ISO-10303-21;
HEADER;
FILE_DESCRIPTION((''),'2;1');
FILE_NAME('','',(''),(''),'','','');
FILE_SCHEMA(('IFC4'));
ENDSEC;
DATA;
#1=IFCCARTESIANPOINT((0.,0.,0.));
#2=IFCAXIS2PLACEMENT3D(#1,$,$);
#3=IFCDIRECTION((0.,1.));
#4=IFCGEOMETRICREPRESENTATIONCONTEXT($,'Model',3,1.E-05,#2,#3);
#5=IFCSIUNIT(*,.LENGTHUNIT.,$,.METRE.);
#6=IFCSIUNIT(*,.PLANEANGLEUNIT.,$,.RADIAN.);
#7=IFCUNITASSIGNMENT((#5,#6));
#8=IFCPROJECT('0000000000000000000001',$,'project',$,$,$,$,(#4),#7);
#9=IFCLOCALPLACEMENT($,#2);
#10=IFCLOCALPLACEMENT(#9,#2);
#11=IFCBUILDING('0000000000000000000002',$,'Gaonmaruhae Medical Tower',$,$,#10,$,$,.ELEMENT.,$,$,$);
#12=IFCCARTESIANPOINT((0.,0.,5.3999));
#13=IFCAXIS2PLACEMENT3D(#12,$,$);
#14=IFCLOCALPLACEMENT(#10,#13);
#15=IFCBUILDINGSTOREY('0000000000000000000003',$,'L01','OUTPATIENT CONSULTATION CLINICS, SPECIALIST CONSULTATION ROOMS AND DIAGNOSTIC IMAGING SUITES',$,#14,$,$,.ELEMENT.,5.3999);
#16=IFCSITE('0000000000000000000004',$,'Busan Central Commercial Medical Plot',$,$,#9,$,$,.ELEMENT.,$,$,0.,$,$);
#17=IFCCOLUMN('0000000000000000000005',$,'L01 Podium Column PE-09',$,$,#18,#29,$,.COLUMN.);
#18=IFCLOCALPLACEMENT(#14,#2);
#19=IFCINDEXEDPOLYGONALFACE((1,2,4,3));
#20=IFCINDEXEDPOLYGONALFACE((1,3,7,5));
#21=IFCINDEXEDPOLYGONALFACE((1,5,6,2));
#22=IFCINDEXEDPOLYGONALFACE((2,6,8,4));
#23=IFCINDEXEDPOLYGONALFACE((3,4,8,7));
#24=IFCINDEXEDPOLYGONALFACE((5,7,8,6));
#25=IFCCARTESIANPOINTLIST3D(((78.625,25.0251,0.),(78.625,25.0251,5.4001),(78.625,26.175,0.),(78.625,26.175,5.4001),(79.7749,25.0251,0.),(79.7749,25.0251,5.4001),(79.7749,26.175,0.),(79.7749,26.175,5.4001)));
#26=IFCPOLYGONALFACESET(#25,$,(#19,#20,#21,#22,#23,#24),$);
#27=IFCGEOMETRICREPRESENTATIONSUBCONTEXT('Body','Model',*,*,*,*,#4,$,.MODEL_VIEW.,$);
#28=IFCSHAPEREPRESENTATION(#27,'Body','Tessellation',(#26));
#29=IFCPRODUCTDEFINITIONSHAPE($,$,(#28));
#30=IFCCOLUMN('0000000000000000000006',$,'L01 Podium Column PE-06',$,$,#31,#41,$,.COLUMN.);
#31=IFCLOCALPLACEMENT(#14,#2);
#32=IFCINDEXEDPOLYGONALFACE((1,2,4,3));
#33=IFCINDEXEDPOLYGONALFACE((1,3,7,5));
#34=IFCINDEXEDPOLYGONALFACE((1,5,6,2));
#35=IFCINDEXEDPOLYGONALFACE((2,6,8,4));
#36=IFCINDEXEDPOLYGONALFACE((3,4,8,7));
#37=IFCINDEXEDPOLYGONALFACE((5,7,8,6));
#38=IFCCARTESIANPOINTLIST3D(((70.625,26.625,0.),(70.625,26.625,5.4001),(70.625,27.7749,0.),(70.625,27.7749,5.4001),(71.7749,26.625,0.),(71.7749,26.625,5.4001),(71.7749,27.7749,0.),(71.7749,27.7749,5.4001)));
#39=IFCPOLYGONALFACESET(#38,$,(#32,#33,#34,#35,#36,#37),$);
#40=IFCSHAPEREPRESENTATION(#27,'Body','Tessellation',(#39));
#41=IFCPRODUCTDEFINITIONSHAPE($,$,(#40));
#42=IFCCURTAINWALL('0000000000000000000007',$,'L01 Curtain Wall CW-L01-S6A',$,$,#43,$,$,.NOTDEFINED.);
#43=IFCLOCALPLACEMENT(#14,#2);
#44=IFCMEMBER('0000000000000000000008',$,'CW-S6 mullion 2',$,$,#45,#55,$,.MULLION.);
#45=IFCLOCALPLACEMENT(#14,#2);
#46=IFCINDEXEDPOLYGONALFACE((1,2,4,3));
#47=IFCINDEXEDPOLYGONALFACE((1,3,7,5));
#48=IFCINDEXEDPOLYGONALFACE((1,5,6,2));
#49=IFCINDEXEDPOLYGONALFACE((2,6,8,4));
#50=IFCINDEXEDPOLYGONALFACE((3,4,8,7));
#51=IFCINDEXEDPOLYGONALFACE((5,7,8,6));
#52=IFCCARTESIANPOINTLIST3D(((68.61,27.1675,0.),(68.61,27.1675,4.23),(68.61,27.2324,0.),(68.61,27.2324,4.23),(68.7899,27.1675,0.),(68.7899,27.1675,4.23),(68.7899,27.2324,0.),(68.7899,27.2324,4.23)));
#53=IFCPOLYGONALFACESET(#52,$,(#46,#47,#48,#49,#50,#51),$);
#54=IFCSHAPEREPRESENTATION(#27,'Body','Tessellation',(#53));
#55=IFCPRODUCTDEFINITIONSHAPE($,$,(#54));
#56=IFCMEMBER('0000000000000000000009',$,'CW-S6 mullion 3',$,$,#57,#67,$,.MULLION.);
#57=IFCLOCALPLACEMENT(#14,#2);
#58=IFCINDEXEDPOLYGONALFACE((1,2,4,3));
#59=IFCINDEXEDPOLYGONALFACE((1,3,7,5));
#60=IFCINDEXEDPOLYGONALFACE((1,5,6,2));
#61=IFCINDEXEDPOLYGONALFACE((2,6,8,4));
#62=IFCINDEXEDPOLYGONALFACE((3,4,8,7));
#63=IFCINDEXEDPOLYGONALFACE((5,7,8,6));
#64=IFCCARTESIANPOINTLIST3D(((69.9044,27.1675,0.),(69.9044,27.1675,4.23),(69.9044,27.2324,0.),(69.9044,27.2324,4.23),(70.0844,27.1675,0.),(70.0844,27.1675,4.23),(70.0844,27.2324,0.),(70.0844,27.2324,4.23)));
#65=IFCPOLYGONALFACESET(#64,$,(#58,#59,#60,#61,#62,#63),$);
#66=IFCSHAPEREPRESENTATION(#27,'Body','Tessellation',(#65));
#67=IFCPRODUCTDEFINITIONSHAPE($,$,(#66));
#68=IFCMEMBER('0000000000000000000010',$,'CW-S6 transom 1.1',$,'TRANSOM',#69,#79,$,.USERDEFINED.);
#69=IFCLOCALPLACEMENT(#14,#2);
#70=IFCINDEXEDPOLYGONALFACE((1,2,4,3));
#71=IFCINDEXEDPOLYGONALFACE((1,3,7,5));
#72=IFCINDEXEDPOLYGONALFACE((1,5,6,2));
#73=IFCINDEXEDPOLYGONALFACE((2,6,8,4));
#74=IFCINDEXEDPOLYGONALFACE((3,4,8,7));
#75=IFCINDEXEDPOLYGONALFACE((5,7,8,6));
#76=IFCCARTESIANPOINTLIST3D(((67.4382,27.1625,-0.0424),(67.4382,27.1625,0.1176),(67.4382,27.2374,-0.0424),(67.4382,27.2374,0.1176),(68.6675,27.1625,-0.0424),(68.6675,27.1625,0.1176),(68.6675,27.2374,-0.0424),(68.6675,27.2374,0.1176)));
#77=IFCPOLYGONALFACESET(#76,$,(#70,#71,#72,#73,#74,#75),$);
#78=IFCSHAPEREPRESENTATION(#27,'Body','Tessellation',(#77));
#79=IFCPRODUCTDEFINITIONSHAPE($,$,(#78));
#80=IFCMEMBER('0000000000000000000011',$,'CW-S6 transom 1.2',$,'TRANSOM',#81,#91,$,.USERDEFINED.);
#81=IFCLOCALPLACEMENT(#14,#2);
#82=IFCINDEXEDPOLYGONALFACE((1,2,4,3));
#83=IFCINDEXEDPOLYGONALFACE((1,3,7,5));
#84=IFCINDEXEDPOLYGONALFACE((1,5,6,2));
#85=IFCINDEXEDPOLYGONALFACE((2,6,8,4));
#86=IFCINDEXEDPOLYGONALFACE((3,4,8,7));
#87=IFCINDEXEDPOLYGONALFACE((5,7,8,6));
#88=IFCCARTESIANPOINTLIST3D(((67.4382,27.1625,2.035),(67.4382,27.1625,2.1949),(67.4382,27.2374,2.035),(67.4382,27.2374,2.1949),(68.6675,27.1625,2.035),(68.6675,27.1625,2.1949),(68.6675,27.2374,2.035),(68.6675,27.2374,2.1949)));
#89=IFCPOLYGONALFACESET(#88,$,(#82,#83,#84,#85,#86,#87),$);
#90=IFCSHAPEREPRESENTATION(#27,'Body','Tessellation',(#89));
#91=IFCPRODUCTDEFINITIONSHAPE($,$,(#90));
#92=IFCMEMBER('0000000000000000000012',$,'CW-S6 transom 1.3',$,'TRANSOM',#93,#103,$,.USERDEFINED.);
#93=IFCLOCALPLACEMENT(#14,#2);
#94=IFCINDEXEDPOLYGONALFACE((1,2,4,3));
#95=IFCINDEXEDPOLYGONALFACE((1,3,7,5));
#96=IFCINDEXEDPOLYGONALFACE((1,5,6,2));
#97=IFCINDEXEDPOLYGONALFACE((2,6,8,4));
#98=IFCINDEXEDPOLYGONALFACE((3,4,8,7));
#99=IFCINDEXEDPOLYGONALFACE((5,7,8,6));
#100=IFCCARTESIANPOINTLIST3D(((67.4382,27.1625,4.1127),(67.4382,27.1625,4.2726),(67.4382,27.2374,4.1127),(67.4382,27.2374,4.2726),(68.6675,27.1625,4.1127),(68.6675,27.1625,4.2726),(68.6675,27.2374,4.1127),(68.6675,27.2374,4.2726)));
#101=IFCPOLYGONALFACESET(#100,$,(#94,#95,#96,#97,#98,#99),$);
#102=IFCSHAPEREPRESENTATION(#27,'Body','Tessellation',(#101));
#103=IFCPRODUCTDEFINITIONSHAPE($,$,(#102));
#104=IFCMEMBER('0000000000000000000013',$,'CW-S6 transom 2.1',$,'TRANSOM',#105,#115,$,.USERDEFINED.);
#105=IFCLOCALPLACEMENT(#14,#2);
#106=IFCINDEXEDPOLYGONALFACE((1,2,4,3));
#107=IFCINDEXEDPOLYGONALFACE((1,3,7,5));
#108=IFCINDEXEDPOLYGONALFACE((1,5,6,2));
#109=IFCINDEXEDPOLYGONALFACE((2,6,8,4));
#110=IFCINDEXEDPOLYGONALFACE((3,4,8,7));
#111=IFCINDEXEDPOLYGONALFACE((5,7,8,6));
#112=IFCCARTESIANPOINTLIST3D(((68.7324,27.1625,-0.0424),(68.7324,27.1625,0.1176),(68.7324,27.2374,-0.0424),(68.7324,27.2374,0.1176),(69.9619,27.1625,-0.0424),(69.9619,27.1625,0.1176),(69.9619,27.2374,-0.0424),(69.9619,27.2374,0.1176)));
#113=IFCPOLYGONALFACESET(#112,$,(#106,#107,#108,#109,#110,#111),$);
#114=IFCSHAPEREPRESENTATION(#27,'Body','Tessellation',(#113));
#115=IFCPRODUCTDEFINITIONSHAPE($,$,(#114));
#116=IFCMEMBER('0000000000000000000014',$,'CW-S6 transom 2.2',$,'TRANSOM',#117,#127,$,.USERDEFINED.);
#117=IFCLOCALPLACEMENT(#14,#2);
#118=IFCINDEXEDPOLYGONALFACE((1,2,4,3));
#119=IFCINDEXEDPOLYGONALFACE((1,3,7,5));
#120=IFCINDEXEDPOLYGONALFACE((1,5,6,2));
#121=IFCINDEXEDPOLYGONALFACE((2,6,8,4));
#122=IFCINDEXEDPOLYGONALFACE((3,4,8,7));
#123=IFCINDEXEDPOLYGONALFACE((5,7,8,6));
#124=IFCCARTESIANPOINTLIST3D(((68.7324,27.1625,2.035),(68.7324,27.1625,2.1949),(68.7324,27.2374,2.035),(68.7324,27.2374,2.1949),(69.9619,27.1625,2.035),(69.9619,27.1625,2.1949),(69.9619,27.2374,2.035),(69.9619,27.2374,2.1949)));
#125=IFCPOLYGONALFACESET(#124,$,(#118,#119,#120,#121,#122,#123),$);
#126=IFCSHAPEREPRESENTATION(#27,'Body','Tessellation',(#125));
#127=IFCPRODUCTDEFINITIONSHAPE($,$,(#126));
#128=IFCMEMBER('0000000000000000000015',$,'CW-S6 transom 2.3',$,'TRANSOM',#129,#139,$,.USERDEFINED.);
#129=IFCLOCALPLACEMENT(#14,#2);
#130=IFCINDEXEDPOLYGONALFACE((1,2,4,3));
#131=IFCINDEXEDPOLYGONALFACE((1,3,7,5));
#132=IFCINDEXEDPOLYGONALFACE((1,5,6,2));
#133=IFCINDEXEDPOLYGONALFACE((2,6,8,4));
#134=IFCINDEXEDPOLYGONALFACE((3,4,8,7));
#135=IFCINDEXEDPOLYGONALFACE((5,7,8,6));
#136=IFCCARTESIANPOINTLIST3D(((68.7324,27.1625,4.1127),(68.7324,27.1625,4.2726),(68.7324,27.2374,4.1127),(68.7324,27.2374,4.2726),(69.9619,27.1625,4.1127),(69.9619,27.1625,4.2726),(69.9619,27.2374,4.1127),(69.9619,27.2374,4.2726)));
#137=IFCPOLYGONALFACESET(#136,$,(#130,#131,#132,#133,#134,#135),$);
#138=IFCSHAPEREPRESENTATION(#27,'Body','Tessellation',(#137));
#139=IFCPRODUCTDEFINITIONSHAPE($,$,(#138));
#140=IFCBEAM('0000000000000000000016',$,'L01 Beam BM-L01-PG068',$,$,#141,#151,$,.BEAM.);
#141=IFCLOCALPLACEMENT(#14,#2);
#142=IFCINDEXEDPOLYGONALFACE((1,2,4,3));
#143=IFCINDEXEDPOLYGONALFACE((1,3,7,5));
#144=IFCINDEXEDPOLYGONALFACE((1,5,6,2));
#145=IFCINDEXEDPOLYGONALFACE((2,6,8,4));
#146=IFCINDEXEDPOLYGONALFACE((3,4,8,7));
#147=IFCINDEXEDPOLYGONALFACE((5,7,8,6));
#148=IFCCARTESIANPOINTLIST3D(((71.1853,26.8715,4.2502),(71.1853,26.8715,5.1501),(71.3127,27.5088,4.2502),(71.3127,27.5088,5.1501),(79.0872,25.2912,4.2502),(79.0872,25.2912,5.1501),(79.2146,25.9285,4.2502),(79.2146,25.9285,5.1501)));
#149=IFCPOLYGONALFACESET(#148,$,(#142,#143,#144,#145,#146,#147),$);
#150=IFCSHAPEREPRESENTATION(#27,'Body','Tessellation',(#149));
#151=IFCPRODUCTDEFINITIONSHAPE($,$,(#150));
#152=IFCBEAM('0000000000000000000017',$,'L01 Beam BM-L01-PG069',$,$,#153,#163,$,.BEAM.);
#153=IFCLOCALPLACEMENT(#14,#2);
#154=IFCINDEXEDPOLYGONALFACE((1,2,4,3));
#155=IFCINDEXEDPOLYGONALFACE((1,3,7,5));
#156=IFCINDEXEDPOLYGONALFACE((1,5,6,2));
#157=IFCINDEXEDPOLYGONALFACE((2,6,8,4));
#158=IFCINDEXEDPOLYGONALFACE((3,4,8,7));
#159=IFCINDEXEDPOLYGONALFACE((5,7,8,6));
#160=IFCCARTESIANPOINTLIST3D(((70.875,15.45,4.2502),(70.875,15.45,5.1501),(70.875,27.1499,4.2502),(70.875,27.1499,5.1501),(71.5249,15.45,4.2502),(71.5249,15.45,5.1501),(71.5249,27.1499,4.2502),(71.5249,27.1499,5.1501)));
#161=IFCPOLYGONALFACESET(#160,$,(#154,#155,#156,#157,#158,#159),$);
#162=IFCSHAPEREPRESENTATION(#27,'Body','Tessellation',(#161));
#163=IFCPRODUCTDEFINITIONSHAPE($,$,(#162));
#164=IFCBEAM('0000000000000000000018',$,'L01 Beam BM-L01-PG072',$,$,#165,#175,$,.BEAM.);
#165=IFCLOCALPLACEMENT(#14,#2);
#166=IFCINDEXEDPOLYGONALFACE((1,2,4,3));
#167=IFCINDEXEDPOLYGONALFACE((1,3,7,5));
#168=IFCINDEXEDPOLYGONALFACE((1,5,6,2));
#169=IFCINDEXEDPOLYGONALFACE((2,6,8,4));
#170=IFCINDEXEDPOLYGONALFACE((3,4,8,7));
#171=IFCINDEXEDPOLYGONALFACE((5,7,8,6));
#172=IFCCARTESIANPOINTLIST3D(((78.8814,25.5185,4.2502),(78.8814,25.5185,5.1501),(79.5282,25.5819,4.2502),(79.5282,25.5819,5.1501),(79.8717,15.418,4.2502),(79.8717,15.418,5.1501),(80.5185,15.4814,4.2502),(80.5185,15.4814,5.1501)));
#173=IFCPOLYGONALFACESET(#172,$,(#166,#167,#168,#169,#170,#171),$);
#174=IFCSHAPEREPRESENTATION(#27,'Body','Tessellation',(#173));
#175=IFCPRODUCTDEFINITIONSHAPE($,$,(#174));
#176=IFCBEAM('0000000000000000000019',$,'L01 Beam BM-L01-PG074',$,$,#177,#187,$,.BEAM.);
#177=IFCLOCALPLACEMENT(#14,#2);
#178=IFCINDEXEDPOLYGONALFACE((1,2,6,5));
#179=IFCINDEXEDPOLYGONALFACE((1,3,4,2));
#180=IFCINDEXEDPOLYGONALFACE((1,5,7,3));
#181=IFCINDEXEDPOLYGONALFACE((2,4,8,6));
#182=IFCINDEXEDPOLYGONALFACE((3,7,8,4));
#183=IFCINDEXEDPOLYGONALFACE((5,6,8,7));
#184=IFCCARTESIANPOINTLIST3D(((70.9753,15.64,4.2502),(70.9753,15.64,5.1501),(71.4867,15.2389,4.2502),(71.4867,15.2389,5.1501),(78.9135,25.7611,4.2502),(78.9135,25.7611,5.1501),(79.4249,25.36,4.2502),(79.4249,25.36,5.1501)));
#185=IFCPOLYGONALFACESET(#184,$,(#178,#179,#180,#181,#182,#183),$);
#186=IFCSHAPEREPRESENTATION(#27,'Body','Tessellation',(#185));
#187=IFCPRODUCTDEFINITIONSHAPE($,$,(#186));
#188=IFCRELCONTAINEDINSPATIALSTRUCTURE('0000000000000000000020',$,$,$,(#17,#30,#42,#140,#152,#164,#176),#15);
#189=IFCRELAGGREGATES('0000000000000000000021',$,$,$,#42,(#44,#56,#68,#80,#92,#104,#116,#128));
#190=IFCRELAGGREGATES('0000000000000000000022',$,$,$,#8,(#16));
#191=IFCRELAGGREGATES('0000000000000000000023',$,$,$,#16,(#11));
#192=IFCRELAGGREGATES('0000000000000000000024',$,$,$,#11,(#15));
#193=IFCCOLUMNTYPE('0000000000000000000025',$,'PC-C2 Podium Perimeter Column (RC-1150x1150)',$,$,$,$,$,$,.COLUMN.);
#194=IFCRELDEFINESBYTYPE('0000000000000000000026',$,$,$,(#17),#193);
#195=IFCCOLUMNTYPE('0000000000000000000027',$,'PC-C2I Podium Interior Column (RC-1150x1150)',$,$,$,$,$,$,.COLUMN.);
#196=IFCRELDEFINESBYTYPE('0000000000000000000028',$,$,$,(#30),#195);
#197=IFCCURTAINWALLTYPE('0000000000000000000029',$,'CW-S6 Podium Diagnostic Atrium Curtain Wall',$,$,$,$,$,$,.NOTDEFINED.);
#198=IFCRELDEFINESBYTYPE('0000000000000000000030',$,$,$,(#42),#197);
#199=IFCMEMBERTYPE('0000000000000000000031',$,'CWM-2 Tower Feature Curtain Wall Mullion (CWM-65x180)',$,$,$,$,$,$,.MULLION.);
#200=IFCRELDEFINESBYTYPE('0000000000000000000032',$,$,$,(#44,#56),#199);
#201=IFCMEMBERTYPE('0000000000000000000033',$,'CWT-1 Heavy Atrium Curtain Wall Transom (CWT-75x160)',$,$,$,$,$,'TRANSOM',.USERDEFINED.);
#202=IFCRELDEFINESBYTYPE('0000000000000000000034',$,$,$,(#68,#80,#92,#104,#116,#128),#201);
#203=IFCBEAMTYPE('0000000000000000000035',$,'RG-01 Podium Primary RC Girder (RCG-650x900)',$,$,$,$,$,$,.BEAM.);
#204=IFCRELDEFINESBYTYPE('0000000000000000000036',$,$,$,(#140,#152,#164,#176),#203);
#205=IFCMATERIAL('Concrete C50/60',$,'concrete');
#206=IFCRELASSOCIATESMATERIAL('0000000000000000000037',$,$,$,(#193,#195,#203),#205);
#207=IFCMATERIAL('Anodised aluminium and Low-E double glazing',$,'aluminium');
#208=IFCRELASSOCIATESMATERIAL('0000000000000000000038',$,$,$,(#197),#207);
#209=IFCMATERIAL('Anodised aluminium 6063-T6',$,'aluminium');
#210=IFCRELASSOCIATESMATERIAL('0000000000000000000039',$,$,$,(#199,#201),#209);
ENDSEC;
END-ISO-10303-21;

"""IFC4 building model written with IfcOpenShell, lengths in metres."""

from ifc_helpers import new_model, si_unit, direction, frame, origin, origin_2d, place, context, subcontext, project, spatial, rectangle, extrude, material, material_profile, profile_set, type_object, element, aggregate, save


model = new_model("IFC4")

# Units and contexts
model_context = context("Model", 3, precision=1e-05, world=origin(), true_north=direction((0.0, 1.0)))
body_context = subcontext(model_context, "Body", "Model", "MODEL_VIEW")
ifc_project = project(units=[si_unit("LENGTHUNIT", "METRE"), si_unit("PLANEANGLEUNIT", "RADIAN")], contexts=[model_context])

# Site, building, storey
site_placement = place(None, origin())
site = spatial("IfcSite", under=ifc_project, at=site_placement, Name="Busan Central Commercial Medical Plot", CompositionType="ELEMENT", RefElevation=0.0)
building_placement = place(site_placement, origin())
building = spatial("IfcBuilding", under=site, at=building_placement, Name="Gaonmaruhae Medical Tower", CompositionType="ELEMENT")
storey_placement = place(building_placement, frame((0.0, 0.0, 5.3999)))
storey = spatial("IfcBuildingStorey", under=building, at=storey_placement, Name="L01", Description="OUTPATIENT CONSULTATION CLINICS, SPECIALIST CONSULTATION ROOMS AND DIAGNOSTIC IMAGING SUITES", CompositionType="ELEMENT", Elevation=5.3999)

# Columns
ifc_material_1 = material(Name="Concrete C50/60", Category="concrete")
ifc_material_profile_1 = material_profile(ifc_material_1, rectangle(XDim=1.1499, YDim=1.1499, at=origin_2d()), Name="RC-1150x1150")
ifc_profile_set_1 = profile_set([ifc_material_profile_1], Name="Concrete C50/60")
column_type_1 = type_object("IfcColumnType", Name="PC-C2 Podium Perimeter Column (RC-1150x1150)", PredefinedType="COLUMN", material=ifc_profile_set_1)
column_1_placement = place(storey_placement, frame((79.2, 25.6001, 0.0), z_axis=(0.0, 0.0, 1.0), x_axis=(1.0, 0.0, 0.0)))
element("IfcColumn", 1, at=column_1_placement, inside=storey, type_object=column_type_1, Name="L01 Podium Column PE-09", PredefinedType="COLUMN", context=body_context, shape_type="SweptSolid", body=[
    extrude(rectangle(XDim=1.1499, YDim=1.1499, at=origin_2d()), origin(), (0.0, 0.0, 1.0), 5.4001),
])
ifc_material_profile_2 = material_profile(ifc_material_1, rectangle(XDim=1.1499, YDim=1.1499, at=origin_2d()), Name="RC-1150x1150")
ifc_profile_set_2 = profile_set([ifc_material_profile_2], Name="Concrete C50/60")
column_type_2 = type_object("IfcColumnType", Name="PC-C2I Podium Interior Column (RC-1150x1150)", PredefinedType="COLUMN", material=ifc_profile_set_2)
column_2_placement = place(storey_placement, frame((71.2, 27.2, 0.0), z_axis=(0.0, 0.0, 1.0), x_axis=(1.0, 0.0, 0.0)))
element("IfcColumn", 2, at=column_2_placement, inside=storey, type_object=column_type_2, Name="L01 Podium Column PE-06", PredefinedType="COLUMN", context=body_context, shape_type="SweptSolid", body=[
    extrude(rectangle(XDim=1.1499, YDim=1.1499, at=origin_2d()), origin(), (0.0, 0.0, 1.0), 5.4001),
])

# Curtain wall, members
ifc_material_2 = material(Name="Anodised aluminium and Low-E double glazing", Category="aluminium")
curtain_wall_type = type_object("IfcCurtainWallType", Name="CW-S6 Podium Diagnostic Atrium Curtain Wall", PredefinedType="NOTDEFINED", material=ifc_material_2)
curtain_wall_placement = place(storey_placement, origin())
curtain_wall = element("IfcCurtainWall", 3, at=curtain_wall_placement, inside=storey, type_object=curtain_wall_type, Name="L01 Curtain Wall CW-L01-S6A", PredefinedType="NOTDEFINED")
ifc_material_3 = material(Name="Anodised aluminium 6063-T6", Category="aluminium")
ifc_material_profile_3 = material_profile(ifc_material_3, rectangle(XDim=0.0649, YDim=0.1799, at=origin_2d()), Name="CWM-65x180")
ifc_profile_set_3 = profile_set([ifc_material_profile_3], Name="Anodised aluminium 6063-T6")
member_type_1 = type_object("IfcMemberType", Name="CWM-2 Tower Feature Curtain Wall Mullion (CWM-65x180)", PredefinedType="MULLION", material=ifc_profile_set_3)
member_1_placement = place(storey_placement, frame((68.7, 27.2, 0.0), z_axis=(0.0, 0.0, 1.0), x_axis=(0.0, 1.0, 0.0)))
member_1 = element("IfcMember", 4, at=member_1_placement, type_object=member_type_1, Name="CW-S6 mullion 2", PredefinedType="MULLION", context=body_context, shape_type="SweptSolid", body=[
    extrude(rectangle(XDim=0.0649, YDim=0.1799, at=origin_2d()), origin(), (0.0, 0.0, 1.0), 4.23),
])
member_2_placement = place(storey_placement, frame((69.9944, 27.2, 0.0), z_axis=(0.0, 0.0, 1.0), x_axis=(0.0, 1.0, 0.0)))
member_2 = element("IfcMember", 5, at=member_2_placement, type_object=member_type_1, Name="CW-S6 mullion 3", PredefinedType="MULLION", context=body_context, shape_type="SweptSolid", body=[
    extrude(rectangle(XDim=0.0649, YDim=0.1799, at=origin_2d()), origin(), (0.0, 0.0, 1.0), 4.23),
])
ifc_material_profile_4 = material_profile(ifc_material_3, rectangle(XDim=0.075, YDim=0.1599, at=origin_2d()), Name="CWT-75x160")
ifc_profile_set_4 = profile_set([ifc_material_profile_4], Name="Anodised aluminium 6063-T6")
member_type_2 = type_object("IfcMemberType", Name="CWT-1 Heavy Atrium Curtain Wall Transom (CWT-75x160)", ElementType="TRANSOM", PredefinedType="USERDEFINED", material=ifc_profile_set_4)
member_3_placement = place(storey_placement, frame((67.4382, 27.2, 0.0376), z_axis=(1.0, 0.0, 0.0), x_axis=(0.0, 1.0, 0.0)))
member_3 = element("IfcMember", 6, at=member_3_placement, type_object=member_type_2, Name="CW-S6 transom 1.1", ObjectType="TRANSOM", PredefinedType="USERDEFINED", context=body_context, shape_type="SweptSolid", body=[
    extrude(rectangle(XDim=0.075, YDim=0.1599, at=origin_2d()), origin(), (0.0, 0.0, 1.0), 1.2292),
])
member_4_placement = place(storey_placement, frame((67.4382, 27.2, 2.115), z_axis=(1.0, 0.0, 0.0), x_axis=(0.0, 1.0, 0.0)))
member_4 = element("IfcMember", 7, at=member_4_placement, type_object=member_type_2, Name="CW-S6 transom 1.2", ObjectType="TRANSOM", PredefinedType="USERDEFINED", context=body_context, shape_type="SweptSolid", body=[
    extrude(rectangle(XDim=0.075, YDim=0.1599, at=origin_2d()), origin(), (0.0, 0.0, 1.0), 1.2292),
])
member_5_placement = place(storey_placement, frame((67.4382, 27.2, 4.1926), z_axis=(1.0, 0.0, 0.0), x_axis=(0.0, 1.0, 0.0)))
member_5 = element("IfcMember", 8, at=member_5_placement, type_object=member_type_2, Name="CW-S6 transom 1.3", ObjectType="TRANSOM", PredefinedType="USERDEFINED", context=body_context, shape_type="SweptSolid", body=[
    extrude(rectangle(XDim=0.075, YDim=0.1599, at=origin_2d()), origin(), (0.0, 0.0, 1.0), 1.2292),
])
member_6_placement = place(storey_placement, frame((68.7324, 27.2, 0.0376), z_axis=(1.0, 0.0, 0.0), x_axis=(0.0, 1.0, 0.0)))
member_6 = element("IfcMember", 9, at=member_6_placement, type_object=member_type_2, Name="CW-S6 transom 2.1", ObjectType="TRANSOM", PredefinedType="USERDEFINED", context=body_context, shape_type="SweptSolid", body=[
    extrude(rectangle(XDim=0.075, YDim=0.1599, at=origin_2d()), origin(), (0.0, 0.0, 1.0), 1.2295),
])
member_7_placement = place(storey_placement, frame((68.7324, 27.2, 2.115), z_axis=(1.0, 0.0, 0.0), x_axis=(0.0, 1.0, 0.0)))
member_7 = element("IfcMember", 10, at=member_7_placement, type_object=member_type_2, Name="CW-S6 transom 2.2", ObjectType="TRANSOM", PredefinedType="USERDEFINED", context=body_context, shape_type="SweptSolid", body=[
    extrude(rectangle(XDim=0.075, YDim=0.1599, at=origin_2d()), origin(), (0.0, 0.0, 1.0), 1.2295),
])
member_8_placement = place(storey_placement, frame((68.7324, 27.2, 4.1926), z_axis=(1.0, 0.0, 0.0), x_axis=(0.0, 1.0, 0.0)))
member_8 = element("IfcMember", 11, at=member_8_placement, type_object=member_type_2, Name="CW-S6 transom 2.3", ObjectType="TRANSOM", PredefinedType="USERDEFINED", context=body_context, shape_type="SweptSolid", body=[
    extrude(rectangle(XDim=0.075, YDim=0.1599, at=origin_2d()), origin(), (0.0, 0.0, 1.0), 1.2295),
])

# Beams
ifc_material_profile_5 = material_profile(ifc_material_1, rectangle(XDim=0.6499, YDim=0.8999, at=origin_2d()), Name="RCG-650x900")
ifc_profile_set_5 = profile_set([ifc_material_profile_5], Name="Concrete C50/60")
beam_type = type_object("IfcBeamType", Name="RG-01 Podium Primary RC Girder (RCG-650x900)", PredefinedType="BEAM", material=ifc_profile_set_5)
beam_1_placement = place(storey_placement, frame((71.249, 27.1902, 4.7002), z_axis=(0.980582, -0.19611, 0.0), x_axis=(0.19611, 0.980582, 0.0)))
element("IfcBeam", 12, at=beam_1_placement, inside=storey, type_object=beam_type, Name="L01 Beam BM-L01-PG068", PredefinedType="BEAM", context=body_context, shape_type="SweptSolid", body=[
    extrude(rectangle(XDim=0.6499, YDim=0.8999, at=origin_2d()), origin(), (0.0, 0.0, 1.0), 8.0583),
])
beam_2_placement = place(storey_placement, frame((71.2, 27.1499, 4.7002), z_axis=(0.0, -1.0, 0.0), x_axis=(1.0, 0.0, 0.0)))
element("IfcBeam", 13, at=beam_2_placement, inside=storey, type_object=beam_type, Name="L01 Beam BM-L01-PG069", PredefinedType="BEAM", context=body_context, shape_type="SweptSolid", body=[
    extrude(rectangle(XDim=0.6499, YDim=0.8999, at=origin_2d()), origin(), (0.0, 0.0, 1.0), 11.7),
])
beam_3_placement = place(storey_placement, frame((80.1951, 15.4497, 4.7002), z_axis=(-0.09757, 0.995229, 0.0), x_axis=(-0.995229, -0.09757, 0.0)))
element("IfcBeam", 14, at=beam_3_placement, inside=storey, type_object=beam_type, Name="L01 Beam BM-L01-PG072", PredefinedType="BEAM", context=body_context, shape_type="SweptSolid", body=[
    extrude(rectangle(XDim=0.6499, YDim=0.8999, at=origin_2d()), origin(), (0.0, 0.0, 1.0), 10.1489),
])
beam_4_placement = place(storey_placement, frame((79.1692, 25.5605, 4.7002), z_axis=(-0.617146, -0.786849, 0.0), x_axis=(0.786849, -0.617146, 0.0)))
element("IfcBeam", 15, at=beam_4_placement, inside=storey, type_object=beam_type, Name="L01 Beam BM-L01-PG074", PredefinedType="BEAM", context=body_context, shape_type="SweptSolid", body=[
    extrude(rectangle(XDim=0.6499, YDim=0.8999, at=origin_2d()), origin(), (0.0, 0.0, 1.0), 12.8628),
])

aggregate(curtain_wall, [member_1, member_2, member_3, member_4, member_5, member_6, member_7, member_8])

save(model, "model.ifc")
